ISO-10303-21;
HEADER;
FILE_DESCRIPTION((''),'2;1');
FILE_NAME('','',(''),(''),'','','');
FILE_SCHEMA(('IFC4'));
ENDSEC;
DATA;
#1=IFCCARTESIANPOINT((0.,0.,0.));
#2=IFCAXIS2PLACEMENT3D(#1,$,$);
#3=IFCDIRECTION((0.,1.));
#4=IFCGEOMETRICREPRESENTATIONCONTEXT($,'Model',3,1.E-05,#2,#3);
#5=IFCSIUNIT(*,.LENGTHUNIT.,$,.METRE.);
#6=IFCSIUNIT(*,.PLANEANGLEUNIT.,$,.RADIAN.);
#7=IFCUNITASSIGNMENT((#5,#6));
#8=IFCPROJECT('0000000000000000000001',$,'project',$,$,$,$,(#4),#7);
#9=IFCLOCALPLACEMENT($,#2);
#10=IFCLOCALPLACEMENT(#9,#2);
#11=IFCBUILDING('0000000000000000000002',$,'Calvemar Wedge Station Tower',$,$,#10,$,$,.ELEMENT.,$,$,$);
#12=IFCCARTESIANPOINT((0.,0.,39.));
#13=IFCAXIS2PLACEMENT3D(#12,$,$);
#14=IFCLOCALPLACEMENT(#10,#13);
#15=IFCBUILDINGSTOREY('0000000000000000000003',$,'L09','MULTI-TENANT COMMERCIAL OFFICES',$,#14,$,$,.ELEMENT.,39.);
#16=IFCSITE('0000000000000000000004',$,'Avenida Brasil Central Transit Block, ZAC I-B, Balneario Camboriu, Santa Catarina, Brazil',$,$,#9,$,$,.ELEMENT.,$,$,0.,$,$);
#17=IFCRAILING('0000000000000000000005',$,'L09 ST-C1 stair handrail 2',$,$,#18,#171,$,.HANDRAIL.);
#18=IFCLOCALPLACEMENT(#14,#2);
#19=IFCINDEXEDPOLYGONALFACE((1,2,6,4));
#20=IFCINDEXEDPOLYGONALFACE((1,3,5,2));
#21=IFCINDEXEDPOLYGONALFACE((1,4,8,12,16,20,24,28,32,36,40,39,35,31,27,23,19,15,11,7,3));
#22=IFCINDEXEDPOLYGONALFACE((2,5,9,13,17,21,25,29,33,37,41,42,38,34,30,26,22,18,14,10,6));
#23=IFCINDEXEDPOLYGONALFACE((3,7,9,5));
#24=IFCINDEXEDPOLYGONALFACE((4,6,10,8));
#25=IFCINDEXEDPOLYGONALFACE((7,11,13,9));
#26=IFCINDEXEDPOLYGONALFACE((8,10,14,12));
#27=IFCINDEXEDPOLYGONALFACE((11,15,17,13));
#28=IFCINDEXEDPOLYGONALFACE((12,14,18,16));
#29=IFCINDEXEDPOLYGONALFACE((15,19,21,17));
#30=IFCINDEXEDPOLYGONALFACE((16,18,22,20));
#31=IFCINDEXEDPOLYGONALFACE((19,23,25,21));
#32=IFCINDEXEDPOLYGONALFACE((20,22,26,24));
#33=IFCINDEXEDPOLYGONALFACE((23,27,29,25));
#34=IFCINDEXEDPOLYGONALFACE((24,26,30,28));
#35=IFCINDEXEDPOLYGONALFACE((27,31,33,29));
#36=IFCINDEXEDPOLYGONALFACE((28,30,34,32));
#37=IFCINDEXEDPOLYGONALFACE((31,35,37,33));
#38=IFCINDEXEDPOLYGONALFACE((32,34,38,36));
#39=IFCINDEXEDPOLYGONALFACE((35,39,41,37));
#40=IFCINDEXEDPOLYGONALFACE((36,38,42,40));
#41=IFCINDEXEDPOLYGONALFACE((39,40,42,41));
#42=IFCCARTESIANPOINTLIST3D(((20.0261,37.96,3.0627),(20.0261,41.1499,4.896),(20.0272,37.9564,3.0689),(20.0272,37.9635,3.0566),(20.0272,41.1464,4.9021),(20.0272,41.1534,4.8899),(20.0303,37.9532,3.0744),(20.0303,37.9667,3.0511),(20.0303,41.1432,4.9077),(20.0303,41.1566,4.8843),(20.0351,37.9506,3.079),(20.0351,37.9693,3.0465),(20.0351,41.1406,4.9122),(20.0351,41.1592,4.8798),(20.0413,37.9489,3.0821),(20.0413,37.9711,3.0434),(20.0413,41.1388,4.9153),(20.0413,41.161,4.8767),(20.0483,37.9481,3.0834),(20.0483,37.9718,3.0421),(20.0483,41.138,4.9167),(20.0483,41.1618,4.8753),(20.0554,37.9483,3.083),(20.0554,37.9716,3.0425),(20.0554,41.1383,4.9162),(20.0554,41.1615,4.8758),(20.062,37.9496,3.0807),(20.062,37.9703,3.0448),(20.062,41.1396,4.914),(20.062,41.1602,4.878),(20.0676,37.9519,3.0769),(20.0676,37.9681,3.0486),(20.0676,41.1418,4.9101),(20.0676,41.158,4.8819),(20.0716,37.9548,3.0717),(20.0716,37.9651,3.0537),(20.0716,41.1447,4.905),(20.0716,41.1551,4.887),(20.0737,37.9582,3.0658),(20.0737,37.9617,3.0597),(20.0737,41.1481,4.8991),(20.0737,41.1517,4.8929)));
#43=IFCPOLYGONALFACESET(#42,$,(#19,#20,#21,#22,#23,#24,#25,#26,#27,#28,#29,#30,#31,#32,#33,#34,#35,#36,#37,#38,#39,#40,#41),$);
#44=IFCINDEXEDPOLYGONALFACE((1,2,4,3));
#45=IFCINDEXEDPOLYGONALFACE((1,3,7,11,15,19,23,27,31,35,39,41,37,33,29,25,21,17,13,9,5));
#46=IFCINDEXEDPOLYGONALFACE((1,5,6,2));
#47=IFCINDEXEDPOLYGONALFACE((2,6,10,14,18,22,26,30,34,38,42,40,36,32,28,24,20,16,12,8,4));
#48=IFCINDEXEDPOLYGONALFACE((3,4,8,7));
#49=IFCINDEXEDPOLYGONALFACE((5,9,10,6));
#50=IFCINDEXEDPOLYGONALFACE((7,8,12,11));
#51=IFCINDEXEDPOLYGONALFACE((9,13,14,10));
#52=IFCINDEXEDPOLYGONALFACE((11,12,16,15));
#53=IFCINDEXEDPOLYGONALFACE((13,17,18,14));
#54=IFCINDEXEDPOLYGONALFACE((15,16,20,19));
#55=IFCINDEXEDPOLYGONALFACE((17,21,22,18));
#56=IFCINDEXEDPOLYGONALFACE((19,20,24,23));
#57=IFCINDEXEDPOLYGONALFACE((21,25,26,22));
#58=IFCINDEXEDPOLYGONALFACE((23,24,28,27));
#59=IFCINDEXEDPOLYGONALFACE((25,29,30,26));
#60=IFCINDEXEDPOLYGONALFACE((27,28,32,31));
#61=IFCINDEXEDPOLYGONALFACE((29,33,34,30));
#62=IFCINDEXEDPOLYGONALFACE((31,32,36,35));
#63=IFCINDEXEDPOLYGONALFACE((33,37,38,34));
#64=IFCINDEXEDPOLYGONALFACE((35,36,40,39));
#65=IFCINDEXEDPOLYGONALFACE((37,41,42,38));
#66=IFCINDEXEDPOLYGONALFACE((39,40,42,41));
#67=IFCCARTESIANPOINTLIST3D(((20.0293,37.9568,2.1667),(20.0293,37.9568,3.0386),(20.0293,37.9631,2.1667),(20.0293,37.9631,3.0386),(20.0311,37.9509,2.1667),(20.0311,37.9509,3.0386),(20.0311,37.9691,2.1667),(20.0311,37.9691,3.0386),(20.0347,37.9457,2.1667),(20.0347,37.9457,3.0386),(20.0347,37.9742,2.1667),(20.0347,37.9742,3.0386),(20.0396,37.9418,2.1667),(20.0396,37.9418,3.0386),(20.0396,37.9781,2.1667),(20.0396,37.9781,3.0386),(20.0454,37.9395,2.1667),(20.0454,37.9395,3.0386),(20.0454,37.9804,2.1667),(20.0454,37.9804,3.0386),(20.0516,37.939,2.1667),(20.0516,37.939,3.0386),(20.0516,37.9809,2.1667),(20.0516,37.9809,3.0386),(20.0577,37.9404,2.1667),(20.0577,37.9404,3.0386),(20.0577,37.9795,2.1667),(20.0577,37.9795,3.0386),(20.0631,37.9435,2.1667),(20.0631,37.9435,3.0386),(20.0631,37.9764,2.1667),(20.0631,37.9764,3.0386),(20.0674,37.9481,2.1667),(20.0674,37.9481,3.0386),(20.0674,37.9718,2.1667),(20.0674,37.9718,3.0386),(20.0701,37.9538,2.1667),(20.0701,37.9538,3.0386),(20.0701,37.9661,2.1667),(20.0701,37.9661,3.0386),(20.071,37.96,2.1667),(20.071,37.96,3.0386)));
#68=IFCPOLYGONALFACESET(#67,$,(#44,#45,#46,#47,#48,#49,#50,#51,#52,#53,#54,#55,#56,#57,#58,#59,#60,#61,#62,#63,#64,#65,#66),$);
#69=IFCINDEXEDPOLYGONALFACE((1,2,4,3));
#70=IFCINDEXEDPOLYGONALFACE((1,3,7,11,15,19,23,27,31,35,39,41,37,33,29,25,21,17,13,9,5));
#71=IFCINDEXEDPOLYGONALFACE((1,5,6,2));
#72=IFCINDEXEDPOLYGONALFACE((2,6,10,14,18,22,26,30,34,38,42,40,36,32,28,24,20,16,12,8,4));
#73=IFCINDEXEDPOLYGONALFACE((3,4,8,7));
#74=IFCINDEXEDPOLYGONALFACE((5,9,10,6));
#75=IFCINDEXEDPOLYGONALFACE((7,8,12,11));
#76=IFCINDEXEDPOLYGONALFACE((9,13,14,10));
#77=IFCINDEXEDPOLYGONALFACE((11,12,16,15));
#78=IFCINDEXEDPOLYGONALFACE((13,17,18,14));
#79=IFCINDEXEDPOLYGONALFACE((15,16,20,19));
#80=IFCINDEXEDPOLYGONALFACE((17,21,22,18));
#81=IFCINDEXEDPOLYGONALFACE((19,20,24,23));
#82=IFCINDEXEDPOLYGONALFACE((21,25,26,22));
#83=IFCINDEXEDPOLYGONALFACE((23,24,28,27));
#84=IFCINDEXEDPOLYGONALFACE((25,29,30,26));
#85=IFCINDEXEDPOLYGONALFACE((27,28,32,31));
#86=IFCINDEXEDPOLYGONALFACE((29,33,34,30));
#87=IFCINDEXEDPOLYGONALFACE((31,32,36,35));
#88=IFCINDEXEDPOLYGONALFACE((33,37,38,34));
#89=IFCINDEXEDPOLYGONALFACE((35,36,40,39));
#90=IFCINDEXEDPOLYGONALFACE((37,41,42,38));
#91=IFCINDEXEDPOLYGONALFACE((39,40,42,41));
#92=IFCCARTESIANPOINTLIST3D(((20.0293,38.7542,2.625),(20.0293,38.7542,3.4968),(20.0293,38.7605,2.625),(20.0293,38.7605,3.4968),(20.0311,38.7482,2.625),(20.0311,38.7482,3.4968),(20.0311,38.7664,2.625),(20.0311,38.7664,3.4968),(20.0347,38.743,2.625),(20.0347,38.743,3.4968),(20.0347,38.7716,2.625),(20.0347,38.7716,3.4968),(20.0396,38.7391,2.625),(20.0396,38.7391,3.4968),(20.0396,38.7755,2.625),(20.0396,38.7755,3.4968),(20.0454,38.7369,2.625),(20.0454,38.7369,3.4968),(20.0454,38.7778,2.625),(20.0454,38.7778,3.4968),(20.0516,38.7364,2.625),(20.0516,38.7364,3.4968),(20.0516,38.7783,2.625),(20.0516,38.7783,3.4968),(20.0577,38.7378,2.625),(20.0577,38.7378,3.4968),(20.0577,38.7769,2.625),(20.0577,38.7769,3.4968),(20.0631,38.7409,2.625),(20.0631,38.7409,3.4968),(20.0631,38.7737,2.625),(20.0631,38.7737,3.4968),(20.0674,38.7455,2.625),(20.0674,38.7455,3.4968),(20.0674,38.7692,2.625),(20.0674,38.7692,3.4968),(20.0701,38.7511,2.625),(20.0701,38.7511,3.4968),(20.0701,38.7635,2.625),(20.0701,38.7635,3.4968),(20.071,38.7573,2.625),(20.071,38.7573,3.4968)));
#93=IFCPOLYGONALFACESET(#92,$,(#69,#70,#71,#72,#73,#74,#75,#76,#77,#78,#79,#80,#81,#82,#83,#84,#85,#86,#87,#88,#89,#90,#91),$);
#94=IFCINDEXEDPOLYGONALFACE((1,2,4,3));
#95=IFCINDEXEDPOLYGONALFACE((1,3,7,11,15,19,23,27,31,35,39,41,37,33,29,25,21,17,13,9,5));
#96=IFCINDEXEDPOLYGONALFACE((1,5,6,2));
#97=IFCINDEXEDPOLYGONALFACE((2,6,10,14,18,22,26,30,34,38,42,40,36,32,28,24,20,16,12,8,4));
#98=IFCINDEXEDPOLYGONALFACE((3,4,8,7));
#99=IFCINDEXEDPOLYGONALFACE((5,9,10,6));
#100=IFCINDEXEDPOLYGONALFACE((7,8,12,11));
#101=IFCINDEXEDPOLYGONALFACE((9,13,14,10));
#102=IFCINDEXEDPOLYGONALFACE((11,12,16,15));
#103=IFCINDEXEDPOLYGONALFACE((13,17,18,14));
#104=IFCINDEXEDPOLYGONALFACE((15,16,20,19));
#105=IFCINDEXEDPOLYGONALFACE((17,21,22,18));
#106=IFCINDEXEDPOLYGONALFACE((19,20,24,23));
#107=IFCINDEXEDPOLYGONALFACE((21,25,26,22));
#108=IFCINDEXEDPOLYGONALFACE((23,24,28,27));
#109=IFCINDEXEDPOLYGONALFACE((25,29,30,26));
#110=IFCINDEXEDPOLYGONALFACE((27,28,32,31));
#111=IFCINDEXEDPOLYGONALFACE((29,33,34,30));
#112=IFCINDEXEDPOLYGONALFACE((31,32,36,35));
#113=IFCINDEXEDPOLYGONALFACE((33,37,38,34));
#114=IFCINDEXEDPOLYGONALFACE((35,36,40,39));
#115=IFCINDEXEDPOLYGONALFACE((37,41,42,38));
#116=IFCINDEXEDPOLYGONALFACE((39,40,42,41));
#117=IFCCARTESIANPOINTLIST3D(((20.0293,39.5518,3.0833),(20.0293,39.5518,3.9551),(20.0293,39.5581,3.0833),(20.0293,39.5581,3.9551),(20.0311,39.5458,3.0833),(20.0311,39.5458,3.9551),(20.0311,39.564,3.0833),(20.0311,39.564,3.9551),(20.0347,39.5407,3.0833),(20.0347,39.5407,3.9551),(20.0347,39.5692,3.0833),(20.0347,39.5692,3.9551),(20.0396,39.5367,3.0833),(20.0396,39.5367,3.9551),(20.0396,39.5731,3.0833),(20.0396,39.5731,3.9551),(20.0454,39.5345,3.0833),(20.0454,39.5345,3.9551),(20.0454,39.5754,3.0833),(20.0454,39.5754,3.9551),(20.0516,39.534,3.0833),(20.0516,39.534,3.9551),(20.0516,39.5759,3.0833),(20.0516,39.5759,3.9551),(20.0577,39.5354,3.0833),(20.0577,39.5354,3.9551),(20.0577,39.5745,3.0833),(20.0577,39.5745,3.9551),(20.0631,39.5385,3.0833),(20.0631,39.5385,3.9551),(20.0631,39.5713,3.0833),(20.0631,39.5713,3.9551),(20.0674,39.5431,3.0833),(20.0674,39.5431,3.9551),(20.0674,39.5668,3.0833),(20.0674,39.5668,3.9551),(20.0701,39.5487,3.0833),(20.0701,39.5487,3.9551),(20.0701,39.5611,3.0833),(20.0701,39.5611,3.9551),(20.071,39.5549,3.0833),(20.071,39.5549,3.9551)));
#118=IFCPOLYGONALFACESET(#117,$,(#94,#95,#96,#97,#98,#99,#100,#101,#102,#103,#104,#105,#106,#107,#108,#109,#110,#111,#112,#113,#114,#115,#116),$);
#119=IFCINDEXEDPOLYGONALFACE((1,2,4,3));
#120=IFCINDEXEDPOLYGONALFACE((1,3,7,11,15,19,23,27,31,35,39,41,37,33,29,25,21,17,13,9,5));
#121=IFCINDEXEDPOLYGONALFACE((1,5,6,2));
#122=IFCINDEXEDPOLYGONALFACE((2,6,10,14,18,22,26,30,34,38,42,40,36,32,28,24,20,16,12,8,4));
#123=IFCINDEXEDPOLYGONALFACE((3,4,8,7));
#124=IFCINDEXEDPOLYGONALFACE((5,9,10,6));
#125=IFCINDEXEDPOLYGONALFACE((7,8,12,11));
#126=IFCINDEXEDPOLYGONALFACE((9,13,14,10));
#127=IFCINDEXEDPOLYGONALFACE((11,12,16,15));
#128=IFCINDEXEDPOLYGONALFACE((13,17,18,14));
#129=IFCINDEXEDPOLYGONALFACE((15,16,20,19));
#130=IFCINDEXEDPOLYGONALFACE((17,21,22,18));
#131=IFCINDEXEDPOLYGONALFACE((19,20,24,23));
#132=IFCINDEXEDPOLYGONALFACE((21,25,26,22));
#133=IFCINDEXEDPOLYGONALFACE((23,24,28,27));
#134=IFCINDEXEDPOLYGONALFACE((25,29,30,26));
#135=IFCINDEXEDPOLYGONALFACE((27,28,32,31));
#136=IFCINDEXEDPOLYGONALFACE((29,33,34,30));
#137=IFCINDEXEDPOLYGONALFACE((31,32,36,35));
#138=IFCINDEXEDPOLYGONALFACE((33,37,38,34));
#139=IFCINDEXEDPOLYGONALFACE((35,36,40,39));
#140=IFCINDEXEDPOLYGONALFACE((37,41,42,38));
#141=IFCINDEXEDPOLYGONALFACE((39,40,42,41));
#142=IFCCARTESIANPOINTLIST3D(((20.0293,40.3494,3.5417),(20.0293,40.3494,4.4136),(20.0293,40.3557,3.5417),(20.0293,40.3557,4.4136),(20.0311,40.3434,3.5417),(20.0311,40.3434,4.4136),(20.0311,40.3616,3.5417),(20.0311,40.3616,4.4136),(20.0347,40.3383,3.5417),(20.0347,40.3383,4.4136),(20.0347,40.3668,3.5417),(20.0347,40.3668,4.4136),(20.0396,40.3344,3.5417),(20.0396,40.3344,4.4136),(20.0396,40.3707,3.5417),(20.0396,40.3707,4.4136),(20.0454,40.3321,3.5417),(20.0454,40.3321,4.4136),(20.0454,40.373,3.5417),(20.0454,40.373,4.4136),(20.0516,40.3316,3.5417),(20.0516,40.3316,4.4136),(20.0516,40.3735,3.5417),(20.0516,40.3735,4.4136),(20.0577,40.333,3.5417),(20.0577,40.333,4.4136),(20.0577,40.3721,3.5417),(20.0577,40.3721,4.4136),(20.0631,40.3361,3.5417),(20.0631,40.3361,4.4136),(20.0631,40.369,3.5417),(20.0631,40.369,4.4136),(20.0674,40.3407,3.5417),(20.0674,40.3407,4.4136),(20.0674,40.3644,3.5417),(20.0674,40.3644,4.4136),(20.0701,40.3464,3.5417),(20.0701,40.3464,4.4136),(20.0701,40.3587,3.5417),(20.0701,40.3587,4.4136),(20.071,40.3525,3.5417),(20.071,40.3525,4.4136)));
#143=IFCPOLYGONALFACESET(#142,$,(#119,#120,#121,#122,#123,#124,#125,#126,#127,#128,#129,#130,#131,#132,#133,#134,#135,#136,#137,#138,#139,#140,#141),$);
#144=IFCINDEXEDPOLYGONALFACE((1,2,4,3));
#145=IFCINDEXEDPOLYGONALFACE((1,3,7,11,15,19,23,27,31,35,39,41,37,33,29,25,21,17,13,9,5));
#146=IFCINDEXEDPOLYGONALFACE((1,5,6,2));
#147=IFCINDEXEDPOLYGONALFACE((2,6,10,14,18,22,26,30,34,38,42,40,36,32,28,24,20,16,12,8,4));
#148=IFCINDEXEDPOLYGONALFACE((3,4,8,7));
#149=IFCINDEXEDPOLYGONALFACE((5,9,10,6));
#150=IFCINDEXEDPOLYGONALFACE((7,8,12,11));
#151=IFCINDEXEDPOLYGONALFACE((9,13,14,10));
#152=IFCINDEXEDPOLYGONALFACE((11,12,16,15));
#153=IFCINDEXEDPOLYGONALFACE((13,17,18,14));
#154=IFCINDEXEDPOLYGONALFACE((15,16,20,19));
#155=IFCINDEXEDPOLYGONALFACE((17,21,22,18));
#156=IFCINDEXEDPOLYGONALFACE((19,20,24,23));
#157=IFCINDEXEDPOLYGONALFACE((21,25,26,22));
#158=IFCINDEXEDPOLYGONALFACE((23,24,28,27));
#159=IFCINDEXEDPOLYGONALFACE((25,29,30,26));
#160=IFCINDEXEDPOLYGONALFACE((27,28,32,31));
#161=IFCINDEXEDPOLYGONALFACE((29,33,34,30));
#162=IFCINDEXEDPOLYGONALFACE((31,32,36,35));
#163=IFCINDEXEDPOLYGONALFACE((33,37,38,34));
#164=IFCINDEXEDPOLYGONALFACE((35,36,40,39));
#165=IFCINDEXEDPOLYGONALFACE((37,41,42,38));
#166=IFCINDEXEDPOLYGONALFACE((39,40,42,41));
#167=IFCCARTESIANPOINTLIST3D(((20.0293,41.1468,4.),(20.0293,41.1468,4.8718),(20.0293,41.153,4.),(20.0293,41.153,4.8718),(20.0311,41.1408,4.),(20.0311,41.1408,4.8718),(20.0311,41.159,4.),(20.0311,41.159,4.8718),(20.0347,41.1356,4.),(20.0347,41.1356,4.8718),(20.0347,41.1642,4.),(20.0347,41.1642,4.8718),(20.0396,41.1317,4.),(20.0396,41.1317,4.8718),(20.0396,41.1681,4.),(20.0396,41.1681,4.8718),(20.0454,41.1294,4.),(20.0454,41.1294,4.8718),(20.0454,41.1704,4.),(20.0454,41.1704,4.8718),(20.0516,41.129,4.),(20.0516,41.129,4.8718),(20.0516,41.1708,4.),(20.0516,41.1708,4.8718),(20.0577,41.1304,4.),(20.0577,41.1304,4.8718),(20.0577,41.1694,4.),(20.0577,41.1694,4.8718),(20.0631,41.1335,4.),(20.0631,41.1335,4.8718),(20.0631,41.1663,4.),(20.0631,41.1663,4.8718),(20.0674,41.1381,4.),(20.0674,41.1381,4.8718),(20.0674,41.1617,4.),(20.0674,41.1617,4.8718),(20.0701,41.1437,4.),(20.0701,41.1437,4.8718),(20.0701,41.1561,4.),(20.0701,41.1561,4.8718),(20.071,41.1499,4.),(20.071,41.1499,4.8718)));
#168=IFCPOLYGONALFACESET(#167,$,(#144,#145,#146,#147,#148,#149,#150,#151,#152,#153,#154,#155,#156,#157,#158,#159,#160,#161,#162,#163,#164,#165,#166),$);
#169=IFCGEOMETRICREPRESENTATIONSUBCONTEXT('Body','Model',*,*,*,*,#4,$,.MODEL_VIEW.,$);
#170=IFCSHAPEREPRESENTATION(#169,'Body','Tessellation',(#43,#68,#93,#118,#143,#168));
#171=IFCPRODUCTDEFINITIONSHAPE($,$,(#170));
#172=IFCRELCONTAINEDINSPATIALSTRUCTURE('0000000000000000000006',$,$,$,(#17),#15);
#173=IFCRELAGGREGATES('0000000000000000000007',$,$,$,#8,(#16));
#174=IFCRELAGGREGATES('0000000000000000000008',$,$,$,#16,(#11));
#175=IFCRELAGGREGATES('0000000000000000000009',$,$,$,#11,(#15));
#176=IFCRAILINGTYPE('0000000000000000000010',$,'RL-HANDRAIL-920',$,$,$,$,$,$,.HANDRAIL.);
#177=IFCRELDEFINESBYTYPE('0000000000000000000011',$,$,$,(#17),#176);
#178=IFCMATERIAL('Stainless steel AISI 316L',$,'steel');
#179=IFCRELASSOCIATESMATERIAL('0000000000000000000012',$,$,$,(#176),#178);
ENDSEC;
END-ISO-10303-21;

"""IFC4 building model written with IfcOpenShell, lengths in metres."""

from ifc_helpers import new_model, si_unit, direction, frame, origin, origin_2d, place, context, subcontext, project, spatial, circle, extrude, material, type_object, element, save


model = new_model("IFC4")

# Units and contexts
model_context = context("Model", 3, precision=1e-05, world=origin(), true_north=direction((0.0, 1.0)))
body_context = subcontext(model_context, "Body", "Model", "MODEL_VIEW")
ifc_project = project(units=[si_unit("LENGTHUNIT", "METRE"), si_unit("PLANEANGLEUNIT", "RADIAN")], contexts=[model_context])

# Site, building, storey
site_placement = place(None, origin())
site = spatial("IfcSite", under=ifc_project, at=site_placement, Name="Avenida Brasil Central Transit Block, ZAC I-B, Balneario Camboriu, Santa Catarina, Brazil", CompositionType="ELEMENT", RefElevation=0.0)
building_placement = place(site_placement, origin())
building = spatial("IfcBuilding", under=site, at=building_placement, Name="Calvemar Wedge Station Tower", CompositionType="ELEMENT")
storey_placement = place(building_placement, frame((0.0, 0.0, 39.0)))
storey = spatial("IfcBuildingStorey", under=building, at=storey_placement, Name="L09", Description="MULTI-TENANT COMMERCIAL OFFICES", CompositionType="ELEMENT", Elevation=39.0)

# Railing
ifc_material_1 = material(Name="Stainless steel AISI 316L", Category="steel")
railing_type_1 = type_object("IfcRailingType", Name="RL-HANDRAIL-920", PredefinedType="HANDRAIL", material=ifc_material_1)
railing_1_placement = place(storey_placement, frame((20.05, 37.96, 2.1667)))
element("IfcRailing", 1, at=railing_1_placement, inside=storey, type_object=railing_type_1, Name="L09 ST-C1 stair handrail 2", PredefinedType="HANDRAIL", context=body_context, shape_type="SweptSolid", body=[
    extrude(circle(Radius=0.0239, at=origin_2d()), frame((0.0, 0.0, 0.896), z_axis=(0.0, 0.86702, 0.498274), x_axis=(-1.0, 0.0, 0.0)), (0.0, 0.0, 1.0), 3.6792),
    extrude(circle(Radius=0.021, at=origin_2d()), origin(), (0.0, 0.0, 1.0), 0.8718),
    extrude(circle(Radius=0.021, at=origin_2d()), frame((0.0, 0.7974, 0.4583)), (0.0, 0.0, 1.0), 0.8718),
    extrude(circle(Radius=0.021, at=origin_2d()), frame((0.0, 1.595, 0.9165)), (0.0, 0.0, 1.0), 0.8718),
    extrude(circle(Radius=0.021, at=origin_2d()), frame((0.0, 2.3926, 1.375)), (0.0, 0.0, 1.0), 0.8718),
    extrude(circle(Radius=0.021, at=origin_2d()), frame((0.0, 3.1899, 1.8333)), (0.0, 0.0, 1.0), 0.8718),
])

save(model, "model.ifc")
